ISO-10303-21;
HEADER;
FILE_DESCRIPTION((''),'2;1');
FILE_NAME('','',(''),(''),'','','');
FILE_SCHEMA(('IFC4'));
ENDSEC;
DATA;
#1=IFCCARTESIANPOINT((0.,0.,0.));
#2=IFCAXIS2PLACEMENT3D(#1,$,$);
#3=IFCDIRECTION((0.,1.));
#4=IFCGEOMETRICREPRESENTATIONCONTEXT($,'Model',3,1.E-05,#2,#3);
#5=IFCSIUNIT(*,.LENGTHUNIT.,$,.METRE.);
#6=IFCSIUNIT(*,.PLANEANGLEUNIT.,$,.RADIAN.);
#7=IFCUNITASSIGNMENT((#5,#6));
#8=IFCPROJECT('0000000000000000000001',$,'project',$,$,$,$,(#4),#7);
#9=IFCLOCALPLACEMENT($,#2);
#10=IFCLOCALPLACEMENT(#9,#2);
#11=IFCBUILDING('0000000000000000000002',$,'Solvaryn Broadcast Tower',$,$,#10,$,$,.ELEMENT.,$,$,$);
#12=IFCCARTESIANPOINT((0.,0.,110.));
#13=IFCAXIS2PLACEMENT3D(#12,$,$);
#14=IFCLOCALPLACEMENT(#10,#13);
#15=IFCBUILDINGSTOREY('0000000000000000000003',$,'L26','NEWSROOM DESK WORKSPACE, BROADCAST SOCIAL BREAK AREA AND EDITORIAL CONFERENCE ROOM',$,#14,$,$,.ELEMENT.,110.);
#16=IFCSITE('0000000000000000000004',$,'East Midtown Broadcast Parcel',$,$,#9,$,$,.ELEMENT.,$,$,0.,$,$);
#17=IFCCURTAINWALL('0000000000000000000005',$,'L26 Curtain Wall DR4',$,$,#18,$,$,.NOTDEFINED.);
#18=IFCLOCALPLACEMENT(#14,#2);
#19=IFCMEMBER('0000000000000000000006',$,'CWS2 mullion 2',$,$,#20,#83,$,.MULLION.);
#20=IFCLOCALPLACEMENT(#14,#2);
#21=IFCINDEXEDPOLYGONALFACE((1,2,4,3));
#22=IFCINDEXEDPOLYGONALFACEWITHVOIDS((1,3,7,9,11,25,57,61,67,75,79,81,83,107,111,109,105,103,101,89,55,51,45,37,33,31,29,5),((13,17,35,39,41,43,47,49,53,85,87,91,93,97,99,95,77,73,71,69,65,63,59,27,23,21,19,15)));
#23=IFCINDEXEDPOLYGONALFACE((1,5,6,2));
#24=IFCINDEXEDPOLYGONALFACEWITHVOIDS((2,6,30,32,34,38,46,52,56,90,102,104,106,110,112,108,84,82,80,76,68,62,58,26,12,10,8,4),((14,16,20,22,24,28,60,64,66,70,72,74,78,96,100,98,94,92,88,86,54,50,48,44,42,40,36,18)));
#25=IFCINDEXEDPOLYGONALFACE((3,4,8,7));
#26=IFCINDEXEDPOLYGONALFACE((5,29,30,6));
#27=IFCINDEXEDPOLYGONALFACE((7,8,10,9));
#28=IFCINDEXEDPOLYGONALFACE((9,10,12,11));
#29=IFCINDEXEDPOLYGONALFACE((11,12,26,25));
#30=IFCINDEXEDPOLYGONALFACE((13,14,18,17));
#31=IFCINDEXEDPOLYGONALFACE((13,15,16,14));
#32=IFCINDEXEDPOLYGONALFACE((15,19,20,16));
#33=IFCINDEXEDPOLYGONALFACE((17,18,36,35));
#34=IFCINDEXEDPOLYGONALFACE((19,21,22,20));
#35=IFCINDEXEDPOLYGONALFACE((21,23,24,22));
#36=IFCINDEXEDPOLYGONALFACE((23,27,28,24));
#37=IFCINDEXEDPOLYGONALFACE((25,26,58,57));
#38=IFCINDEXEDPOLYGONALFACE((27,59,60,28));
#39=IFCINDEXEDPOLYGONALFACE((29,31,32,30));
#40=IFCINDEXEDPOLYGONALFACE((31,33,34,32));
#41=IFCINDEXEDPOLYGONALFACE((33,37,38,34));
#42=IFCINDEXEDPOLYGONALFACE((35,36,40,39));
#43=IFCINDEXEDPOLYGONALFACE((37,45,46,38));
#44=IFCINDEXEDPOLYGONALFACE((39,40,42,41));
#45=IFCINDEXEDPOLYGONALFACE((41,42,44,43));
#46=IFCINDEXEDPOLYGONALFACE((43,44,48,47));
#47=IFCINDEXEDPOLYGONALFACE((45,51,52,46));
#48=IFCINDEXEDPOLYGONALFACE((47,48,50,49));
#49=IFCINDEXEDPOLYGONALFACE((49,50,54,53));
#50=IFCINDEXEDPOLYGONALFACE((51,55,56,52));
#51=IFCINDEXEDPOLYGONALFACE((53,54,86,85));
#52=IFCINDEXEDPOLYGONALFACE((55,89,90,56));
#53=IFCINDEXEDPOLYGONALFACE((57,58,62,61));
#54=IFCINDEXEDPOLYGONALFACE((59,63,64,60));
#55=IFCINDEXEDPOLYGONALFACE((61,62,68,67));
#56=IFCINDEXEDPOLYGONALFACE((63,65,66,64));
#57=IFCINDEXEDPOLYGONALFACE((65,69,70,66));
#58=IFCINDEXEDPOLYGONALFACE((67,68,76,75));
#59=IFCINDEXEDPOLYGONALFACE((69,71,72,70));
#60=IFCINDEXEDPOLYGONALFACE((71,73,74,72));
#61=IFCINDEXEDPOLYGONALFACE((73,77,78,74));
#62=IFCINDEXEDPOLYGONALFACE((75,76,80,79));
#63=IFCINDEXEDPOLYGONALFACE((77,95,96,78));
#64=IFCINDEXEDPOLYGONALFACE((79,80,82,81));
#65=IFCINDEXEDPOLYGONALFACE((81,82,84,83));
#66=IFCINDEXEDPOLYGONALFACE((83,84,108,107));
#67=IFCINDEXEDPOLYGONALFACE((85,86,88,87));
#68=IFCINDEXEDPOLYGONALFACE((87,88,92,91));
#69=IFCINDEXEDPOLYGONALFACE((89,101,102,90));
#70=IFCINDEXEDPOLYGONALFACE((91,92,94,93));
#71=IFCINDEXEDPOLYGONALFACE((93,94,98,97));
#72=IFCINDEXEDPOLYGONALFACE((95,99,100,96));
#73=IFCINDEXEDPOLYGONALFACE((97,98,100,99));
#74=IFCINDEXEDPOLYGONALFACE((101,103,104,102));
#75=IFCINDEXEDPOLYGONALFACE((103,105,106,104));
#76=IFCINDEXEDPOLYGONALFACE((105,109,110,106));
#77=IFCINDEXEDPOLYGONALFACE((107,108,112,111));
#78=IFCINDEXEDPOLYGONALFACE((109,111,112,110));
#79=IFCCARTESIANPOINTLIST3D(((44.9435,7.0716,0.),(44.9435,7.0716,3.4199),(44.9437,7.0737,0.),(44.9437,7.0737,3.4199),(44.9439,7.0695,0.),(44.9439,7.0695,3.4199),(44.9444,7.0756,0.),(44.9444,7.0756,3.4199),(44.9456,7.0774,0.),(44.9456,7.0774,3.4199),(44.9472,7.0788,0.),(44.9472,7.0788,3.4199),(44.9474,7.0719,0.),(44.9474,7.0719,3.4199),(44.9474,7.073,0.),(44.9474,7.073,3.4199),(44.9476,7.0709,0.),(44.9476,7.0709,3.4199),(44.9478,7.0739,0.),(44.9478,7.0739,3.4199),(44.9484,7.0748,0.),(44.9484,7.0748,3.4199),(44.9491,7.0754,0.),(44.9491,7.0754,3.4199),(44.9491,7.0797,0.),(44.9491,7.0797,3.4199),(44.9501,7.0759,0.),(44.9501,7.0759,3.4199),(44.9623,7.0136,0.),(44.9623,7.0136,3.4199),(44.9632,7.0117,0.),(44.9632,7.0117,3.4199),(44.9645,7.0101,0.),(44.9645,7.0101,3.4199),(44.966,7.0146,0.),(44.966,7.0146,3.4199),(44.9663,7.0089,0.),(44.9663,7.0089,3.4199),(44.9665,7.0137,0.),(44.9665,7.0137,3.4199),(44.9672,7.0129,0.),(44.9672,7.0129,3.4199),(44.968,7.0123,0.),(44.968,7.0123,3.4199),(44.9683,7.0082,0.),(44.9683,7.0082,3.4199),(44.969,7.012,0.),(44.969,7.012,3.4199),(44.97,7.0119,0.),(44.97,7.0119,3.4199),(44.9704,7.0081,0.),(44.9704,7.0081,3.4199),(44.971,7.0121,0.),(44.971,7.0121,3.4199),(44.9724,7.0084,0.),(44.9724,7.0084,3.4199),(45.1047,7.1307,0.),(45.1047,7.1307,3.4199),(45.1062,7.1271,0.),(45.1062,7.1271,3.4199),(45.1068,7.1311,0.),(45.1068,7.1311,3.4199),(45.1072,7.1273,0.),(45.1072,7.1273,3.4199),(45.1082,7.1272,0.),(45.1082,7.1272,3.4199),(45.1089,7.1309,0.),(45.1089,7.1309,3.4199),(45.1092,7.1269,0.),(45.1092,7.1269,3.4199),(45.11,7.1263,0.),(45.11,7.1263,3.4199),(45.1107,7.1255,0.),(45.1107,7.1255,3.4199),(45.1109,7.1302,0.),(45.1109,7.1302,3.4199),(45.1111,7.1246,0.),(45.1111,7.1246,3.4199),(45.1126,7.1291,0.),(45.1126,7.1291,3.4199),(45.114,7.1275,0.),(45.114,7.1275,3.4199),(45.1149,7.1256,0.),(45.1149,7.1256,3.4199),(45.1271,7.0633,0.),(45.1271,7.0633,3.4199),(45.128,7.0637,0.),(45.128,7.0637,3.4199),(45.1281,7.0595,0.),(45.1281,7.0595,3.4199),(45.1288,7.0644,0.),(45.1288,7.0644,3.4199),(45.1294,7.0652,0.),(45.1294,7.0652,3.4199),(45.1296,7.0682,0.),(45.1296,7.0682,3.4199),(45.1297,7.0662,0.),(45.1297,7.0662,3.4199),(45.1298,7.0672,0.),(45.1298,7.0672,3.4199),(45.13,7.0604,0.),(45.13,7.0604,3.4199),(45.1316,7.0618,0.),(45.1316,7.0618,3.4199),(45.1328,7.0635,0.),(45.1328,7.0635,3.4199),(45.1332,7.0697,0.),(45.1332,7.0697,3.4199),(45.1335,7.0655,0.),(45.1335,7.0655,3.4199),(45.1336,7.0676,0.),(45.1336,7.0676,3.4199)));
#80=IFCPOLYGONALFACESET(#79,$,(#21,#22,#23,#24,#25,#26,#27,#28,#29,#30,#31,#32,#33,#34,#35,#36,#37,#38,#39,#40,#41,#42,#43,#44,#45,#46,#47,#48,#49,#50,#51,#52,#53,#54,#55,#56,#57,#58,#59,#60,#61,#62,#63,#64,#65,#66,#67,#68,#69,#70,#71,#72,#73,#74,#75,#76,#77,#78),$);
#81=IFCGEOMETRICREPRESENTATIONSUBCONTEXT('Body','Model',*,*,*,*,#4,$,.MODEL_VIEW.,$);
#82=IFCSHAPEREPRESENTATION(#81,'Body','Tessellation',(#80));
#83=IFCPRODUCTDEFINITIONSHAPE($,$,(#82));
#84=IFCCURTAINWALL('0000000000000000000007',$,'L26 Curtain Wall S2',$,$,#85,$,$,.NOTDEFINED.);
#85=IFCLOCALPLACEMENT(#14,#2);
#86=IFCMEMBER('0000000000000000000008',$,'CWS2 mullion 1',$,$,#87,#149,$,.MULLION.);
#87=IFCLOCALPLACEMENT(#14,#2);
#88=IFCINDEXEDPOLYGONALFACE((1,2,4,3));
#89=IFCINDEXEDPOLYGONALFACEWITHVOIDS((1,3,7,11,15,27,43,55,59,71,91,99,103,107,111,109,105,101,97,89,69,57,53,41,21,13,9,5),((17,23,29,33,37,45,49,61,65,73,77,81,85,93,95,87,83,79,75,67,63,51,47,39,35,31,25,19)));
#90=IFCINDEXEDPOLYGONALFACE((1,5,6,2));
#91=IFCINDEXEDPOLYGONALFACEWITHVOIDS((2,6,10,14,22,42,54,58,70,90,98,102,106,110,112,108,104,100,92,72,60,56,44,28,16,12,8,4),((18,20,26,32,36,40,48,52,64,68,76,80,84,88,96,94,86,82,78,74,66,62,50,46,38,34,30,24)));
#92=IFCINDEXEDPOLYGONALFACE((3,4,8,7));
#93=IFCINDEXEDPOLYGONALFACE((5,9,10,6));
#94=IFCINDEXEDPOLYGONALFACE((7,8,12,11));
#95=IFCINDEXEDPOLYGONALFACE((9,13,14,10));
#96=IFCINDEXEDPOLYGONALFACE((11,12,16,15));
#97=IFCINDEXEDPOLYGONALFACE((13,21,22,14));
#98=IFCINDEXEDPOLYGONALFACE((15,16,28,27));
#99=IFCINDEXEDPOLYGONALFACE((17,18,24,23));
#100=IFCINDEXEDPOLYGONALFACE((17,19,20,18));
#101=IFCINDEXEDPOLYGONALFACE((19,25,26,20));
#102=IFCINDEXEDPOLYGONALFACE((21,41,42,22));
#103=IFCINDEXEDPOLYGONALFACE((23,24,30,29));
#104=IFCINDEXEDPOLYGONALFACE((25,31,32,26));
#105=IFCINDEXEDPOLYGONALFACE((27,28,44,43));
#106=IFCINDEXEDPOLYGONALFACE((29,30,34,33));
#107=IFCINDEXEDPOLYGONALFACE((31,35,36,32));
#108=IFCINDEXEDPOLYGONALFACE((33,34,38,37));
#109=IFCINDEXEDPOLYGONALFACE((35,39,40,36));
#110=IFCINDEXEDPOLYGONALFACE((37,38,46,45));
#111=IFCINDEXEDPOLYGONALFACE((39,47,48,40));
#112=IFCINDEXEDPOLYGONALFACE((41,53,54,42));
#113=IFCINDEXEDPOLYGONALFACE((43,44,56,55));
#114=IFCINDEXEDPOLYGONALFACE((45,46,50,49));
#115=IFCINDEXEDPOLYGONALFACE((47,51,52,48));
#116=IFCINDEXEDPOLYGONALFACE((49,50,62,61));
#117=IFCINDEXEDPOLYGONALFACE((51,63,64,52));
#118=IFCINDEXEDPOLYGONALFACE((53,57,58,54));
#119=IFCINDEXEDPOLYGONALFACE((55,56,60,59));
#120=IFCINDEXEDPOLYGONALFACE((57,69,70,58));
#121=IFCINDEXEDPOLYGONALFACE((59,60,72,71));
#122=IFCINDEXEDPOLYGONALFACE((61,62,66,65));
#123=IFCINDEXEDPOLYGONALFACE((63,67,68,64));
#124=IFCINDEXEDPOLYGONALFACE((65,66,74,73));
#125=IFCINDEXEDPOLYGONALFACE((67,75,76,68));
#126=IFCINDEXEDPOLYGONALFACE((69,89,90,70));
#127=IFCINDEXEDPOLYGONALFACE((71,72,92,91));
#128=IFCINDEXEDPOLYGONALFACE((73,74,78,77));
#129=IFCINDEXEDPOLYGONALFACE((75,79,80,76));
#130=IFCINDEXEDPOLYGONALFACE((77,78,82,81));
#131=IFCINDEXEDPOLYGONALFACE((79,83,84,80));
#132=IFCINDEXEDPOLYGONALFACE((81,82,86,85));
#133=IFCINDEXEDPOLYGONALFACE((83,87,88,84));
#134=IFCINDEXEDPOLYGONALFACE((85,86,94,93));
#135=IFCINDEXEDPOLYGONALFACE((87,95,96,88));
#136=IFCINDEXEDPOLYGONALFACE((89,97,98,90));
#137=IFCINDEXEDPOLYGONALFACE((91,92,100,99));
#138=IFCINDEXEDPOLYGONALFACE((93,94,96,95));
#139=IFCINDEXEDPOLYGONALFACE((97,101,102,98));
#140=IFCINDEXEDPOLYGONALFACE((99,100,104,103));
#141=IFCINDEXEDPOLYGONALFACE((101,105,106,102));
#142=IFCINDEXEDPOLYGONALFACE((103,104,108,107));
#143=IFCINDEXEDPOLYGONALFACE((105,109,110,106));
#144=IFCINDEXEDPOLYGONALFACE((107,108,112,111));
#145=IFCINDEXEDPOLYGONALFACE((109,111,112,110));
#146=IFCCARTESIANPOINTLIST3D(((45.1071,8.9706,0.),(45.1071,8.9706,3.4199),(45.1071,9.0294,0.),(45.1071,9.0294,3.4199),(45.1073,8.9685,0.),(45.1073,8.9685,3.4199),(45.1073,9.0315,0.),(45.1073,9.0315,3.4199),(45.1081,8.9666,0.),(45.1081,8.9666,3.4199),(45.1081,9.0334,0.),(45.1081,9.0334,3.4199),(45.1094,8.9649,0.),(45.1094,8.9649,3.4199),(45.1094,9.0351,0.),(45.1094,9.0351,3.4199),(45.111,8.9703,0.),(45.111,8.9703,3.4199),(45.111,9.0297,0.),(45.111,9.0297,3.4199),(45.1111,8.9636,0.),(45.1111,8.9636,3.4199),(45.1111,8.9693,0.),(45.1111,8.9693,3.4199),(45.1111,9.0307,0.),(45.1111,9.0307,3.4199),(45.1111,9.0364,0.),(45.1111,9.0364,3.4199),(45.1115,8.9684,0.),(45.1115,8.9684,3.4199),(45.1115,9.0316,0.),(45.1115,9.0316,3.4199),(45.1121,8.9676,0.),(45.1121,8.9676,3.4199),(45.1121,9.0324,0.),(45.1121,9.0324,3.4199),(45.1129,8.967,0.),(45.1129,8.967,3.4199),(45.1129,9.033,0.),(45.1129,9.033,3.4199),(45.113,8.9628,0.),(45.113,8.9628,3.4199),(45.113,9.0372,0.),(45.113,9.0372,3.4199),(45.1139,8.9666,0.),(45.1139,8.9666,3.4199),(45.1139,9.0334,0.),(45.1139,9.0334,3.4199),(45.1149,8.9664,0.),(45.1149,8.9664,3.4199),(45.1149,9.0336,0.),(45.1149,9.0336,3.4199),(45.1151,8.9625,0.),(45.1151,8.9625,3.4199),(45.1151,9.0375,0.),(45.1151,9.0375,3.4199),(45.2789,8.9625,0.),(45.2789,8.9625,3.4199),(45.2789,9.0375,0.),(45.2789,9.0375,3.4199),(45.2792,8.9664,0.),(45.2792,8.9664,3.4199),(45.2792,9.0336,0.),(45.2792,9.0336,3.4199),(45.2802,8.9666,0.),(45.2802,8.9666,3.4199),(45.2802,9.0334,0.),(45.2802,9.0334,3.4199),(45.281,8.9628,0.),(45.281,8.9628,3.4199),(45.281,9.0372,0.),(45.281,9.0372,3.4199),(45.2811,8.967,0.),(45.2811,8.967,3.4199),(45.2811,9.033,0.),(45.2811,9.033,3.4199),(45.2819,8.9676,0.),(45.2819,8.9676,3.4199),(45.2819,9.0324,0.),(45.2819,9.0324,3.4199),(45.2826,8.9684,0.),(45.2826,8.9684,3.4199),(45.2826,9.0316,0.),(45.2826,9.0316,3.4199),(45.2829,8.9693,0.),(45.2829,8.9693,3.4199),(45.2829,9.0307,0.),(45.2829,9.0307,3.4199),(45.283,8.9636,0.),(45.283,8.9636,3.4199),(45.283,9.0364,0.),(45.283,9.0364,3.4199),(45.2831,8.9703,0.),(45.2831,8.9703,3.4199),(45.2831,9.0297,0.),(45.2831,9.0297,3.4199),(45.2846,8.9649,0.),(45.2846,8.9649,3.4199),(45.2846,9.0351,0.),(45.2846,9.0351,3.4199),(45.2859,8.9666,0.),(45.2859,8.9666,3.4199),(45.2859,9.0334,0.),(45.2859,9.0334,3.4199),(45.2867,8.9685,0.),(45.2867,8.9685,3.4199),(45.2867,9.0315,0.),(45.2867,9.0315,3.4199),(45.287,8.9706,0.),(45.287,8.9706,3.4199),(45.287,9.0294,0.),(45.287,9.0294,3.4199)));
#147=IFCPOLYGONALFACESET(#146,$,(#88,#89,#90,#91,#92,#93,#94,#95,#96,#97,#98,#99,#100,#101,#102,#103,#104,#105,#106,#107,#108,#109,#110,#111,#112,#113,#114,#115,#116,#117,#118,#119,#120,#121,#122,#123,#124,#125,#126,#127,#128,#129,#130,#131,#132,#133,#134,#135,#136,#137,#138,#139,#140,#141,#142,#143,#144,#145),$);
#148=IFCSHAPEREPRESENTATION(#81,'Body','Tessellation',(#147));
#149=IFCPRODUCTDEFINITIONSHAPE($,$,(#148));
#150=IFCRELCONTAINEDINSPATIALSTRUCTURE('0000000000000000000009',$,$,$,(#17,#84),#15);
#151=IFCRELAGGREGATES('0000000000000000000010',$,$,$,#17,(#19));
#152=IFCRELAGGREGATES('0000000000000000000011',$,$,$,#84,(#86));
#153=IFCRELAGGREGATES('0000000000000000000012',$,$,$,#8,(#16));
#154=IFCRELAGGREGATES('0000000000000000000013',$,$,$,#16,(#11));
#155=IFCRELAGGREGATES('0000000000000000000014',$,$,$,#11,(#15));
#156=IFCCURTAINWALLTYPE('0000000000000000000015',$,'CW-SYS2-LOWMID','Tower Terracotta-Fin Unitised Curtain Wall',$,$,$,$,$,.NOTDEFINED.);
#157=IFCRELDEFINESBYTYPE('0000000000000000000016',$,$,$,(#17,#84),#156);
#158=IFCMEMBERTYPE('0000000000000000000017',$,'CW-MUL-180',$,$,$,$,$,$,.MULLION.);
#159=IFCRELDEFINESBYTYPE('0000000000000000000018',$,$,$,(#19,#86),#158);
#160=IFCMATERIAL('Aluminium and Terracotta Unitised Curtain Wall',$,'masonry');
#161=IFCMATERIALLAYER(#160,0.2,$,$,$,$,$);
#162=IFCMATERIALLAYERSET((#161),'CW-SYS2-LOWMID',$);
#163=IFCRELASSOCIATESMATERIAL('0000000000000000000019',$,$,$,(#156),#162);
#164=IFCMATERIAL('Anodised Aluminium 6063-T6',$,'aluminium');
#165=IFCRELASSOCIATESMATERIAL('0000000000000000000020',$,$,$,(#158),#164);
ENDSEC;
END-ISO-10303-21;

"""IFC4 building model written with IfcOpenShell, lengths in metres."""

from ifc_helpers import new_model, si_unit, direction, frame, origin, origin_2d, place, context, subcontext, project, spatial, hollow_rectangle, extrude, material, layer, layer_set, material_profile, profile_set, type_object, element, aggregate, save


model = new_model("IFC4")

# Units and contexts
model_context = context("Model", 3, precision=1e-05, world=origin(), true_north=direction((0.0, 1.0)))
body_context = subcontext(model_context, "Body", "Model", "MODEL_VIEW")
ifc_project = project(units=[si_unit("LENGTHUNIT", "METRE"), si_unit("PLANEANGLEUNIT", "RADIAN")], contexts=[model_context])

# Site, building, storey
site_placement = place(None, origin())
site = spatial("IfcSite", under=ifc_project, at=site_placement, Name="East Midtown Broadcast Parcel", CompositionType="ELEMENT", RefElevation=0.0)
building_placement = place(site_placement, origin())
building = spatial("IfcBuilding", under=site, at=building_placement, Name="Solvaryn Broadcast Tower", CompositionType="ELEMENT")
storey_placement = place(building_placement, frame((0.0, 0.0, 110.0)))
storey = spatial("IfcBuildingStorey", under=building, at=storey_placement, Name="L26", Description="NEWSROOM DESK WORKSPACE, BROADCAST SOCIAL BREAK AREA AND EDITORIAL CONFERENCE ROOM", CompositionType="ELEMENT", Elevation=110.0)

# Curtain wall, member
ifc_material_1 = material(Name="Aluminium and Terracotta Unitised Curtain Wall", Category="masonry")
ifc_layer_1 = layer(ifc_material_1, 0.2)
ifc_layer_set_1 = layer_set([ifc_layer_1], Name="CW-SYS2-LOWMID")
curtain_wall_type = type_object("IfcCurtainWallType", Name="CW-SYS2-LOWMID", Description="Tower Terracotta-Fin Unitised Curtain Wall", PredefinedType="NOTDEFINED", material=ifc_layer_set_1)
curtain_wall_1_placement = place(storey_placement, origin())
curtain_wall_1 = element("IfcCurtainWall", 1, at=curtain_wall_1_placement, inside=storey, type_object=curtain_wall_type, Name="L26 Curtain Wall DR4", PredefinedType="NOTDEFINED")
ifc_material_2 = material(Name="Anodised Aluminium 6063-T6", Category="aluminium")
ifc_material_profile_1 = material_profile(ifc_material_2, hollow_rectangle(XDim=0.075, YDim=0.1799, WallThickness=0.0039, InnerFilletRadius=0.0039, OuterFilletRadius=0.0081, at=origin_2d()))
ifc_profile_set_1 = profile_set([ifc_material_profile_1], Name="Anodised Aluminium 6063-T6")
member_type_1 = type_object("IfcMemberType", Name="CW-MUL-180", PredefinedType="MULLION", material=ifc_profile_set_1)
member_1_placement = place(storey_placement, frame((45.0386, 7.0696, 0.0), z_axis=(0.0, 0.0, 1.0), x_axis=(-0.311646, 0.950198, 0.0)))
member_1 = element("IfcMember", 2, at=member_1_placement, type_object=member_type_1, Name="CWS2 mullion 2", PredefinedType="MULLION", context=body_context, shape_type="SweptSolid", body=[
    extrude(hollow_rectangle(XDim=0.075, YDim=0.1799, WallThickness=0.0039, InnerFilletRadius=0.0039, OuterFilletRadius=0.0081, at=origin_2d()), origin(), (0.0, 0.0, 1.0), 3.4199),
])
aggregate(curtain_wall_1, [member_1])

# Curtain wall, member
curtain_wall_2_placement = place(storey_placement, origin())
curtain_wall_2 = element("IfcCurtainWall", 3, at=curtain_wall_2_placement, inside=storey, type_object=curtain_wall_type, Name="L26 Curtain Wall S2", PredefinedType="NOTDEFINED")
member_2_placement = place(storey_placement, frame((45.197, 9.0, 0.0), z_axis=(0.0, 0.0, 1.0), x_axis=(0.0, 1.0, 0.0)))
member_2 = element("IfcMember", 4, at=member_2_placement, type_object=member_type_1, Name="CWS2 mullion 1", PredefinedType="MULLION", context=body_context, shape_type="SweptSolid", body=[
    extrude(hollow_rectangle(XDim=0.075, YDim=0.1799, WallThickness=0.0039, InnerFilletRadius=0.0039, OuterFilletRadius=0.0081, at=origin_2d()), origin(), (0.0, 0.0, 1.0), 3.4199),
])
aggregate(curtain_wall_2, [member_2])

save(model, "model.ifc")
